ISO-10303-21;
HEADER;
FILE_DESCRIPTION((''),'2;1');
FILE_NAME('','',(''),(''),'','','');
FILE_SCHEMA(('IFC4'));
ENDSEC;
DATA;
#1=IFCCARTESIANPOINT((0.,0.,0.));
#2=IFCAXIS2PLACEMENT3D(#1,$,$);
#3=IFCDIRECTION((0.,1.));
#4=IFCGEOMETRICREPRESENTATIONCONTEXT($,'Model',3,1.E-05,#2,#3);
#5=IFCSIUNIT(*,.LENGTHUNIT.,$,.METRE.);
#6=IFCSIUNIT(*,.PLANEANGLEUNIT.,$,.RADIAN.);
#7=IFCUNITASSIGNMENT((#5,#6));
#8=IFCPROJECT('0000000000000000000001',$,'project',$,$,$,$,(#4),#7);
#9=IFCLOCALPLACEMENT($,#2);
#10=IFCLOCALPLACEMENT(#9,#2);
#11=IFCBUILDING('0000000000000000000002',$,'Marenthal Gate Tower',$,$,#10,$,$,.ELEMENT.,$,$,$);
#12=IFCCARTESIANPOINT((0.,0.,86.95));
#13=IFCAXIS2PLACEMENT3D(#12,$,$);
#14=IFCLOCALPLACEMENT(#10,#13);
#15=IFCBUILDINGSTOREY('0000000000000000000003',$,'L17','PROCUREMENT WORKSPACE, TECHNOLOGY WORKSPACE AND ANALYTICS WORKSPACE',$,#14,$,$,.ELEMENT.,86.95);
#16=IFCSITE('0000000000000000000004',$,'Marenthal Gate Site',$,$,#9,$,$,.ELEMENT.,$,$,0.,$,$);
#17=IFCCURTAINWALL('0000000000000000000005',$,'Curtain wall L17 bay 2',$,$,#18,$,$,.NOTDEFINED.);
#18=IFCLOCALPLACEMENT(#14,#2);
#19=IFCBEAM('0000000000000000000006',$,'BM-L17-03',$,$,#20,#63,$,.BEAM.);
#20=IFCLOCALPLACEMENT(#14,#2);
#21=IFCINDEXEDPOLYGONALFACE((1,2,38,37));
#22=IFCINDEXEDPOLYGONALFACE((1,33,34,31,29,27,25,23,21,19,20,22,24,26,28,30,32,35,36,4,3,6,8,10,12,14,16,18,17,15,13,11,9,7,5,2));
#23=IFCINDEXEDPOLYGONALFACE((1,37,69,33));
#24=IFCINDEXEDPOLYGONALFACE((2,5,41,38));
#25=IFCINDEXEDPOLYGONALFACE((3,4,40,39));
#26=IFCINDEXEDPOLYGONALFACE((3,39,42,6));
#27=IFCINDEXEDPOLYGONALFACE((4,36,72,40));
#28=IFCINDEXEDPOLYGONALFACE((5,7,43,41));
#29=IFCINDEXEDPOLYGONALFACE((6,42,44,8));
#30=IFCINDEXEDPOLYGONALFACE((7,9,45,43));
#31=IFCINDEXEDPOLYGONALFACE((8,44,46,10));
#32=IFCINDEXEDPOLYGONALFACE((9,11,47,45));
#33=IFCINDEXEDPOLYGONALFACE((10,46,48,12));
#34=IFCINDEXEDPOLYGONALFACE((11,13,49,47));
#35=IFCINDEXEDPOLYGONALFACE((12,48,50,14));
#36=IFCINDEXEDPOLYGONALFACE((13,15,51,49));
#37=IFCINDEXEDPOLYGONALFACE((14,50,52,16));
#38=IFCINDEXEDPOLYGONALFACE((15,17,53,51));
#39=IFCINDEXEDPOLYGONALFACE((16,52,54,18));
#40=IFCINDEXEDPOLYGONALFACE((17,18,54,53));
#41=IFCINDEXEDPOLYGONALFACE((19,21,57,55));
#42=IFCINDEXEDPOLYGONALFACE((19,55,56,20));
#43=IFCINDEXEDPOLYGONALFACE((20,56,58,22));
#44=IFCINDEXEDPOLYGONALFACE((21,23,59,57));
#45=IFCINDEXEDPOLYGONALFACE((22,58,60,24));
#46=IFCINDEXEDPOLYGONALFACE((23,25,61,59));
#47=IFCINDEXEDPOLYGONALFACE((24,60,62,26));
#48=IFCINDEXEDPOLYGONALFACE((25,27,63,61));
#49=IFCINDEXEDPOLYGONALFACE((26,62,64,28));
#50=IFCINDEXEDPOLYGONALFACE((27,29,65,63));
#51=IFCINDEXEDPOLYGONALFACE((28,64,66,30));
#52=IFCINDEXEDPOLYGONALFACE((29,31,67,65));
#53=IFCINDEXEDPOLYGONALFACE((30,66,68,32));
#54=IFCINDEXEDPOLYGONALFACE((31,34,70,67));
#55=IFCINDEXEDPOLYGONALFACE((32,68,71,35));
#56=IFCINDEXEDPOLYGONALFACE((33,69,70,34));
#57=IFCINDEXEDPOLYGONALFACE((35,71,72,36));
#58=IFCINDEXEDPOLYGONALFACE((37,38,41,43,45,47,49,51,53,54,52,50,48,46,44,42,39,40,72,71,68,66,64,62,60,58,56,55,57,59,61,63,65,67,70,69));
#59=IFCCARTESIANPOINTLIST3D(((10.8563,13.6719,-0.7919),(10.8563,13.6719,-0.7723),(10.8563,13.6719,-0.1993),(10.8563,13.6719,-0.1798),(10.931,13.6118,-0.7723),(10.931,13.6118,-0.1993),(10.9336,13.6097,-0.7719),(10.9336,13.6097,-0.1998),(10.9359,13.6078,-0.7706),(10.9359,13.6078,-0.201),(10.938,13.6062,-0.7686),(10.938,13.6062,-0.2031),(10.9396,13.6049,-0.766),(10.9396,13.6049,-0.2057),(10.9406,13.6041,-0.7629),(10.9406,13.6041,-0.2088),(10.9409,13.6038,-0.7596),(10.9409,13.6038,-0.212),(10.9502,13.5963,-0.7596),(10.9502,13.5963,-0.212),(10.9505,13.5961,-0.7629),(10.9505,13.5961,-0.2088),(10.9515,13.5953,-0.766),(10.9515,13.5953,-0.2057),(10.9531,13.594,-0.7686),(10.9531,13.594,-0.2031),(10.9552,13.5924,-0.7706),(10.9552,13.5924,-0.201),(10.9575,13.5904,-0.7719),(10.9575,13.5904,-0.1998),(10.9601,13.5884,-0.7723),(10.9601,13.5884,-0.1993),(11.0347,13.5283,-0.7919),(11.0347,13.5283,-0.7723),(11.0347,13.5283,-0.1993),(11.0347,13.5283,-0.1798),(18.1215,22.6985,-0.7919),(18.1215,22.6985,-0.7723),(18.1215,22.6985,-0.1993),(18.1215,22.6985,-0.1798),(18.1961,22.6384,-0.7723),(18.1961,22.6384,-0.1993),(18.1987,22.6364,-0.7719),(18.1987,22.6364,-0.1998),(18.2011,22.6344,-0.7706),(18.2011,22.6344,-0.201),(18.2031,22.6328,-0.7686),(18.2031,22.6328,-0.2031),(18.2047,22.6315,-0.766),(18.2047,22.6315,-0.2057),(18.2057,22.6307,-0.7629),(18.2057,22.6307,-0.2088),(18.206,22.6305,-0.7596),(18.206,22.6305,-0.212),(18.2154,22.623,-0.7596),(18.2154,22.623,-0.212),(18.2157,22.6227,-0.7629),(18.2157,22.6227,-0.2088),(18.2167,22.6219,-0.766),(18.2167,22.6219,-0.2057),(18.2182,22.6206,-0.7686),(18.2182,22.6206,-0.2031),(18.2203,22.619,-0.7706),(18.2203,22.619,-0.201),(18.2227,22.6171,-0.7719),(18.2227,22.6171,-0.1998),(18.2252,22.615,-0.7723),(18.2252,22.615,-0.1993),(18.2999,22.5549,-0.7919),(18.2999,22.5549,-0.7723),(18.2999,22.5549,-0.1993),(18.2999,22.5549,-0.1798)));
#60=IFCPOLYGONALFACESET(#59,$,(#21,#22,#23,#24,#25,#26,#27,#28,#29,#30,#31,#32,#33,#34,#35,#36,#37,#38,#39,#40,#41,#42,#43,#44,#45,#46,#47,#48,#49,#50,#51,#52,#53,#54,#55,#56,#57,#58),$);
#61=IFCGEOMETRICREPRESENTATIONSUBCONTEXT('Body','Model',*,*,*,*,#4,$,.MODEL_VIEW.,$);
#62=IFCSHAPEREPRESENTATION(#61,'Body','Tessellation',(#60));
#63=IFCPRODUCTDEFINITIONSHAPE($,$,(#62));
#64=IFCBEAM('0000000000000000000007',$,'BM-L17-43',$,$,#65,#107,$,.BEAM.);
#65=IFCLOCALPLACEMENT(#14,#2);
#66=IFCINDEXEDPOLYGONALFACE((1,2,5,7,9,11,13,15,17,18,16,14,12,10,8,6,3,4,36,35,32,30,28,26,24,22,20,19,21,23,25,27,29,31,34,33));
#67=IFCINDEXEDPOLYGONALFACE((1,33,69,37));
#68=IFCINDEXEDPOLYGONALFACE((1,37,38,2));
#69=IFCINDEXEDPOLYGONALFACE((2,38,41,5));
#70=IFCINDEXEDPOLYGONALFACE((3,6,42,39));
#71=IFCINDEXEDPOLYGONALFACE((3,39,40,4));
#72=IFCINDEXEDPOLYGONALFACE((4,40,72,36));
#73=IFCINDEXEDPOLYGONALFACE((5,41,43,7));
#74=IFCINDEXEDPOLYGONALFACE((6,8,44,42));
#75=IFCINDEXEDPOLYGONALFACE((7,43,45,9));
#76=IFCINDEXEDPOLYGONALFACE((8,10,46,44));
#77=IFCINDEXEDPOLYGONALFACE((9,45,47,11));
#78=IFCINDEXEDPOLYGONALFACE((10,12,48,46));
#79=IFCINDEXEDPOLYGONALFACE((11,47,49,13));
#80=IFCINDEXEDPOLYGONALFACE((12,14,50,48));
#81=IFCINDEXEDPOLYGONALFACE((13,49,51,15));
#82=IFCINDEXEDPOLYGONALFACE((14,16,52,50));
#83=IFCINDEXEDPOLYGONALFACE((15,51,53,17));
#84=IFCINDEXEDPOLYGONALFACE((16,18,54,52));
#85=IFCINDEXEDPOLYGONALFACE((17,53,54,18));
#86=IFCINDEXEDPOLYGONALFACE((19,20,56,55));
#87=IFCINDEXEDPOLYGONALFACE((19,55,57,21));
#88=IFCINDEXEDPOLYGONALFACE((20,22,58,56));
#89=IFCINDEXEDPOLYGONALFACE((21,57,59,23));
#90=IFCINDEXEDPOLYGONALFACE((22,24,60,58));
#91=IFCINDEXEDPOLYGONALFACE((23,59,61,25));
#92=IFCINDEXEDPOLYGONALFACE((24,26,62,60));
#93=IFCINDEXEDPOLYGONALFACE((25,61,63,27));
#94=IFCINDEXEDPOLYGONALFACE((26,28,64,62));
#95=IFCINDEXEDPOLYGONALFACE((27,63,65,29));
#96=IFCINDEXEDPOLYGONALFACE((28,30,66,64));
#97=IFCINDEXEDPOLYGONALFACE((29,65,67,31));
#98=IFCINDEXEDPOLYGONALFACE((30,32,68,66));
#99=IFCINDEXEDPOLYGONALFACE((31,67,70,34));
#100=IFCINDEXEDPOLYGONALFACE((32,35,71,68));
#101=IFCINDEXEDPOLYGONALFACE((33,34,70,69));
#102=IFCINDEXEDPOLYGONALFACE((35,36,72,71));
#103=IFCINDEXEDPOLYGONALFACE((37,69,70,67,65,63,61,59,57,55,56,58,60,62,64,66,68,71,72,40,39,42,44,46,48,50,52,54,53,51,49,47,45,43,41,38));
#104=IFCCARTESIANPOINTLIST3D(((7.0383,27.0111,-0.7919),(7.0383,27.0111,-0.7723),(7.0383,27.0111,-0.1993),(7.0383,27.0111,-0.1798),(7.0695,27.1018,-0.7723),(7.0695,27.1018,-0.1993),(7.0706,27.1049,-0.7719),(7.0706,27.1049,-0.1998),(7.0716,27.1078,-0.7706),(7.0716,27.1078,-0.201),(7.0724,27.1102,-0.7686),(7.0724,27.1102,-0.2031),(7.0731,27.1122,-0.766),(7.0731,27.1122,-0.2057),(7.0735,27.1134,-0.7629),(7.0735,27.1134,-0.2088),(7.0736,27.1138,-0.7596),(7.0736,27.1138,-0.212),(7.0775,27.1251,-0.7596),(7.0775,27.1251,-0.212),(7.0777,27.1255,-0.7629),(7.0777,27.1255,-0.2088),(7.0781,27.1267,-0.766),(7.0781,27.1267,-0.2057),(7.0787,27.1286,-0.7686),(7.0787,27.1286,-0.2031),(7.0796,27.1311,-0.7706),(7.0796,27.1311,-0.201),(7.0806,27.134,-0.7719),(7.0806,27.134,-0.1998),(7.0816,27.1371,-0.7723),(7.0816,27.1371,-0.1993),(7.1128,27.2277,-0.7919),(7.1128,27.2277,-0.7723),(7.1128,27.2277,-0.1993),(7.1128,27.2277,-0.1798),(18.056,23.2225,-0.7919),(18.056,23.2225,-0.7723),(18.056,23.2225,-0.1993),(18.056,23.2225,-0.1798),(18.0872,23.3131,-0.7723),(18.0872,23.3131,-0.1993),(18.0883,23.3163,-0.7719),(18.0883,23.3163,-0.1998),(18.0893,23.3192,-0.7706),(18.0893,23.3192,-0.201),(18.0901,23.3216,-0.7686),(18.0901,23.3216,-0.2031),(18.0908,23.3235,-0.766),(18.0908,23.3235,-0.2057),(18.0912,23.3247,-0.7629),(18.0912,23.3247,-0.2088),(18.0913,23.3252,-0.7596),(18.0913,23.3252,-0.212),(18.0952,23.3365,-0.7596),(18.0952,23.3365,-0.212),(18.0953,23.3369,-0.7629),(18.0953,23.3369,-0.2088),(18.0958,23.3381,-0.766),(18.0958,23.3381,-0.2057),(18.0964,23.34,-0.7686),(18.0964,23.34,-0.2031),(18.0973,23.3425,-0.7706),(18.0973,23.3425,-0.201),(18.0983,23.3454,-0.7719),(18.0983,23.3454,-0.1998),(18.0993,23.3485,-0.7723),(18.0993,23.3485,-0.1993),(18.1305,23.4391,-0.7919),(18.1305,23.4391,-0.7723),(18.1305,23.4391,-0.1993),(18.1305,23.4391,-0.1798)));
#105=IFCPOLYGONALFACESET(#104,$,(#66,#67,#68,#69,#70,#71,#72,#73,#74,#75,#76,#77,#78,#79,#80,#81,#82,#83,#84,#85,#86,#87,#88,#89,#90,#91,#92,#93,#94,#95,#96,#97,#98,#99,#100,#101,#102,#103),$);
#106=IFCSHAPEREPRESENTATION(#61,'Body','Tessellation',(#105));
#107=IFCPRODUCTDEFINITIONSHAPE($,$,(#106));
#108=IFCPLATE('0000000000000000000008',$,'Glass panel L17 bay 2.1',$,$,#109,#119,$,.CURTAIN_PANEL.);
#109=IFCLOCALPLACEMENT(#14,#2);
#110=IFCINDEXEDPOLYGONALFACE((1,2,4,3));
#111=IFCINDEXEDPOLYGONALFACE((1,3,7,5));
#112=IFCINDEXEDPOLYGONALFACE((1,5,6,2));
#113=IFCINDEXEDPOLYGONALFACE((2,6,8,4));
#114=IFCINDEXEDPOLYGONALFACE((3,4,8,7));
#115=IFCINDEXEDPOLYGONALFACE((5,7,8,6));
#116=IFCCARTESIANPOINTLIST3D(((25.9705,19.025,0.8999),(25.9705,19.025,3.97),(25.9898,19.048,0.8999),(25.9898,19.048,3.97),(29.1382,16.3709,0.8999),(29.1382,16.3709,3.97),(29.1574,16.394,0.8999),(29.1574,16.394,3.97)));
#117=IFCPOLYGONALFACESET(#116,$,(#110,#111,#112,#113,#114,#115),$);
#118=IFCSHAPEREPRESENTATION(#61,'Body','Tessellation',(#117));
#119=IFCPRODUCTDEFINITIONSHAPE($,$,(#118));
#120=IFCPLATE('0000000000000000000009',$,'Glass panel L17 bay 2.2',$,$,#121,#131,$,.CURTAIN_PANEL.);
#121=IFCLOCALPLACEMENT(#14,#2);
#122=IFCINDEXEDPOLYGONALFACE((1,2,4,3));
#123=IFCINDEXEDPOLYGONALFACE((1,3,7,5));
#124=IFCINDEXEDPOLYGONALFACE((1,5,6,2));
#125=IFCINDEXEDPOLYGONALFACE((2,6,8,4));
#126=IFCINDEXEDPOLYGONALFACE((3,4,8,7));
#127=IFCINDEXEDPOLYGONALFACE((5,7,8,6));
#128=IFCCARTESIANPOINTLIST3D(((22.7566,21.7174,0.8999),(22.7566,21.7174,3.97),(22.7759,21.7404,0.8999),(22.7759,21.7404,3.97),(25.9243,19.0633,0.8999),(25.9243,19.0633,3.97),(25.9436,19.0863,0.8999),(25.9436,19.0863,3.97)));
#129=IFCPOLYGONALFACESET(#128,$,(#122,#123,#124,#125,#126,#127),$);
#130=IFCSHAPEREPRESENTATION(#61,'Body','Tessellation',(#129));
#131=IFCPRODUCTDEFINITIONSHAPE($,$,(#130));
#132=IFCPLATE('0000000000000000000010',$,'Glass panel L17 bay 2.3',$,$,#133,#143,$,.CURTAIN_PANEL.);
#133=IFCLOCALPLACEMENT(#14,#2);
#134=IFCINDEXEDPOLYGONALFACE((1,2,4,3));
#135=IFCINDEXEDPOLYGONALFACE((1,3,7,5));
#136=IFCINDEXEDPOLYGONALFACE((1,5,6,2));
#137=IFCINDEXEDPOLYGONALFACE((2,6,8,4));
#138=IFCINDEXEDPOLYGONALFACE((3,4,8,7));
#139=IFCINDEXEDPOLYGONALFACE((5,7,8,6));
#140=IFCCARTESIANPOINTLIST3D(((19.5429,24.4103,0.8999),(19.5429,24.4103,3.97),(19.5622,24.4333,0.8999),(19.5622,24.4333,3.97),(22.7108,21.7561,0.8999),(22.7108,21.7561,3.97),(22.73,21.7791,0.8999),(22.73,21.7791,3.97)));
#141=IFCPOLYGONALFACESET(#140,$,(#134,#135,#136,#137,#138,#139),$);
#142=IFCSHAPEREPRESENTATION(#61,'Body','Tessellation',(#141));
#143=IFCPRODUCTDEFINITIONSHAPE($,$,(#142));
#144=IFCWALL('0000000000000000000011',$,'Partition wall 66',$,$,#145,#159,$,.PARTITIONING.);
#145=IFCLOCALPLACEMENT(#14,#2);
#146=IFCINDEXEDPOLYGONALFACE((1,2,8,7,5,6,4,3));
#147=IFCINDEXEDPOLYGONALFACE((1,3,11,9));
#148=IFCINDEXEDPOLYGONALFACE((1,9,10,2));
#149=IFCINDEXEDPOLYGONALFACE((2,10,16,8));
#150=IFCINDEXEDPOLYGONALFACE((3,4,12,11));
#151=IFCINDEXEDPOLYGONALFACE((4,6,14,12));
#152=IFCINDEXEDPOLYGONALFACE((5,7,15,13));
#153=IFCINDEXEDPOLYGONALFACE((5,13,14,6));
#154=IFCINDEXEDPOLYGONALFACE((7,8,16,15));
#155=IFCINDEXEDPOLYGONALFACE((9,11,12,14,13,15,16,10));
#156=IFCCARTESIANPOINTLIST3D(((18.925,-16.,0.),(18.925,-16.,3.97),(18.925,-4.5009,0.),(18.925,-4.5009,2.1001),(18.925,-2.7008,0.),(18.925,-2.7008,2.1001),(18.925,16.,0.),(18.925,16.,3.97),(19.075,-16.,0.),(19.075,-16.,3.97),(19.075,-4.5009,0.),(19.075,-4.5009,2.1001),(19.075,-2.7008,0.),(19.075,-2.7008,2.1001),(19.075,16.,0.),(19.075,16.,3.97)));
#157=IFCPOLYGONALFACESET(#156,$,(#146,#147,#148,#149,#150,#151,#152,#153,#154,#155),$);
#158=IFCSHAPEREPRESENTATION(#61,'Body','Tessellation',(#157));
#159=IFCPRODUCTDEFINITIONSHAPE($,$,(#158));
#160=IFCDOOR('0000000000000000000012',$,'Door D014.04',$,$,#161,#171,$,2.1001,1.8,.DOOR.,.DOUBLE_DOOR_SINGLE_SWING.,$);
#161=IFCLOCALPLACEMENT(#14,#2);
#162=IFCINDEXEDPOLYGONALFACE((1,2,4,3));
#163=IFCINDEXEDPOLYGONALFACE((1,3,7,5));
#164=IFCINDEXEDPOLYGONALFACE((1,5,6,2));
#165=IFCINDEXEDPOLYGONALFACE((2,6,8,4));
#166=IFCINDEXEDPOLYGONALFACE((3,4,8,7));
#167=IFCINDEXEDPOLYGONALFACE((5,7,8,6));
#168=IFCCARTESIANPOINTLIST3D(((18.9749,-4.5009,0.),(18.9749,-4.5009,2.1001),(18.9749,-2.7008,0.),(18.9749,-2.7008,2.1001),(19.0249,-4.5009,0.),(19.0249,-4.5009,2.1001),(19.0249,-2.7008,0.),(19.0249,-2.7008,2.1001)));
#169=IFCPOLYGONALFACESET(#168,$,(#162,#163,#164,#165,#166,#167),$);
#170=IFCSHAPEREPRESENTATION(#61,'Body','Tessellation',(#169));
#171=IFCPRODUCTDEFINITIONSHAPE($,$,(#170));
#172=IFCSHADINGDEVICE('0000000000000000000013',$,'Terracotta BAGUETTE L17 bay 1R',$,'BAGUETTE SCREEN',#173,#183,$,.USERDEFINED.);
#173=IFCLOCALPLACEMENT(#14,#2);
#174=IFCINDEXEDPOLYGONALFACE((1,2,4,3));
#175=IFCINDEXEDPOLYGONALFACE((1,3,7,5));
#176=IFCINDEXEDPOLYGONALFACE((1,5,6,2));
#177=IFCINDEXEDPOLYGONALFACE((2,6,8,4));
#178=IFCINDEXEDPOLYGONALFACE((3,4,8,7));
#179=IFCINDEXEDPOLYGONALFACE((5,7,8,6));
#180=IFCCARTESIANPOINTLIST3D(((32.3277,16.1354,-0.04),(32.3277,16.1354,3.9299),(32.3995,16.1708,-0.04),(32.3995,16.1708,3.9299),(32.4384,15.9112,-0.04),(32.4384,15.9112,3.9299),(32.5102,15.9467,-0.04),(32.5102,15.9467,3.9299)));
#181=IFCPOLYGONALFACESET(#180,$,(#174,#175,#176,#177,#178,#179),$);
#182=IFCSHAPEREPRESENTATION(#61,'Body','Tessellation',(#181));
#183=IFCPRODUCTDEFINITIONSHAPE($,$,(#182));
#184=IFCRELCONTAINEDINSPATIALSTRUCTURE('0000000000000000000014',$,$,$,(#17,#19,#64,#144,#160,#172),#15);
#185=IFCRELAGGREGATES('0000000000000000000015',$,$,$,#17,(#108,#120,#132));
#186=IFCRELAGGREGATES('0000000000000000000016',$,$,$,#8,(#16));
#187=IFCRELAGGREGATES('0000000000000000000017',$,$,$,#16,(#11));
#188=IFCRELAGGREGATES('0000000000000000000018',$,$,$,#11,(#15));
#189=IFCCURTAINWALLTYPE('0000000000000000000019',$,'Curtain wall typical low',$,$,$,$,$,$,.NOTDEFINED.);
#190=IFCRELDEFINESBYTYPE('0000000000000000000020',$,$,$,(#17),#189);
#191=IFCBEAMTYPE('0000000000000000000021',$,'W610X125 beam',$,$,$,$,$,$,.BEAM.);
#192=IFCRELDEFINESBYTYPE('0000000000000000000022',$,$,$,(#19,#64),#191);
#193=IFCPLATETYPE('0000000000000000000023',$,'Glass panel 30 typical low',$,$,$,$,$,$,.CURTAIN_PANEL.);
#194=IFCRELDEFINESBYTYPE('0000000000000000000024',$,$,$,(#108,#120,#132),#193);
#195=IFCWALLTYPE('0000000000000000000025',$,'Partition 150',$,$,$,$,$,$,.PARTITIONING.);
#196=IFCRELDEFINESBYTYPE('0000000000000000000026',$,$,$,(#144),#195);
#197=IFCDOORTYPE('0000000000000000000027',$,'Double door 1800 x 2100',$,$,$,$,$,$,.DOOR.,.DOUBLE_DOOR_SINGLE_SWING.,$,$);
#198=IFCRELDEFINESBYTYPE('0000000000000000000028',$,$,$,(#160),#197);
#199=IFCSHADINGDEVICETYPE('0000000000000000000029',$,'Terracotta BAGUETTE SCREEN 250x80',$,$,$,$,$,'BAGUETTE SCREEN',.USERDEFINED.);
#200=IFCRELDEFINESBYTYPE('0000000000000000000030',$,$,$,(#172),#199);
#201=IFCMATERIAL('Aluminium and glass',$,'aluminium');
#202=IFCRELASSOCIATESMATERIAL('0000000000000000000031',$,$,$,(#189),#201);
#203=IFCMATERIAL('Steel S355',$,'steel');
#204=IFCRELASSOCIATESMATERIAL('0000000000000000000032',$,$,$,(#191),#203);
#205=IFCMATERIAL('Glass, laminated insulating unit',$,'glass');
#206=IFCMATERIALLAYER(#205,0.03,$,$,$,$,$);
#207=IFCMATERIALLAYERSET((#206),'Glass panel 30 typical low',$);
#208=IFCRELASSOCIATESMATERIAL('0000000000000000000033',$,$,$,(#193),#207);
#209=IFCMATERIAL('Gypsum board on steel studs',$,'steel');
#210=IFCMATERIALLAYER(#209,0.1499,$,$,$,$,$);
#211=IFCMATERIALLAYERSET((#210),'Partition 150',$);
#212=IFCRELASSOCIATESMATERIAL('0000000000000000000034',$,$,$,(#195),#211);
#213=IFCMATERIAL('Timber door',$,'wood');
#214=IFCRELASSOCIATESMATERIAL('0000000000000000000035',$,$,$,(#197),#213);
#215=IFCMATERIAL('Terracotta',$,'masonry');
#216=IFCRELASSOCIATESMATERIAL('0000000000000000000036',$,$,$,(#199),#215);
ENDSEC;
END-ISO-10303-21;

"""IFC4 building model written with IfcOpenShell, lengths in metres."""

from ifc_helpers import new_model, si_unit, direction, frame, frame_2d, origin, origin_2d, place, context, subcontext, project, spatial, rectangle, i_section, extrude, material, layer, layer_set, material_profile, profile_set, type_object, element, fill, aggregate, save


model = new_model("IFC4")

# Units and contexts
model_context = context("Model", 3, precision=1e-05, world=origin(), true_north=direction((0.0, 1.0)))
body_context = subcontext(model_context, "Body", "Model", "MODEL_VIEW")
ifc_project = project(units=[si_unit("LENGTHUNIT", "METRE"), si_unit("PLANEANGLEUNIT", "RADIAN")], contexts=[model_context])

# Site, building, storey
site_placement = place(None, origin())
site = spatial("IfcSite", under=ifc_project, at=site_placement, Name="Marenthal Gate Site", CompositionType="ELEMENT", RefElevation=0.0)
building_placement = place(site_placement, origin())
building = spatial("IfcBuilding", under=site, at=building_placement, Name="Marenthal Gate Tower", CompositionType="ELEMENT")
storey_placement = place(building_placement, frame((0.0, 0.0, 86.95)))
storey = spatial("IfcBuildingStorey", under=building, at=storey_placement, Name="L17", Description="PROCUREMENT WORKSPACE, TECHNOLOGY WORKSPACE AND ANALYTICS WORKSPACE", CompositionType="ELEMENT", Elevation=86.95)

# Curtain wall
ifc_material_1 = material(Name="Aluminium and glass", Category="aluminium")
curtain_wall_type = type_object("IfcCurtainWallType", Name="Curtain wall typical low", PredefinedType="NOTDEFINED", material=ifc_material_1)
curtain_wall_placement = place(storey_placement, origin())
curtain_wall = element("IfcCurtainWall", 1, at=curtain_wall_placement, inside=storey, type_object=curtain_wall_type, Name="Curtain wall L17 bay 2", PredefinedType="NOTDEFINED")

# Beams
ifc_material_2 = material(Name="Steel S355", Category="steel")
ifc_material_profile_1 = material_profile(ifc_material_2, i_section(OverallWidth=0.229, OverallDepth=0.6121, WebThickness=0.012, FlangeThickness=0.0195, FilletRadius=0.0127, at=origin_2d()), Name="W610X125")
ifc_profile_set_1 = profile_set([ifc_material_profile_1], Name="Steel S355")
beam_type_1 = type_object("IfcBeamType", Name="W610X125 beam", PredefinedType="BEAM", material=ifc_profile_set_1)
beam_1_placement = place(storey_placement, frame((18.2107, 22.6267, -0.4858), z_axis=(-0.627, -0.779019, 0.0), x_axis=(0.779019, -0.627, 0.0)))
element("IfcBeam", 2, at=beam_1_placement, inside=storey, type_object=beam_type_1, Name="BM-L17-03", PredefinedType="BEAM", context=body_context, shape_type="SweptSolid", body=[
    extrude(i_section(OverallWidth=0.229, OverallDepth=0.6121, WebThickness=0.012, FlangeThickness=0.0195, FilletRadius=0.0127, at=origin_2d()), origin(), (0.0, 0.0, 1.0), 11.5872),
])
beam_2_placement = place(storey_placement, frame((18.0933, 23.3308, -0.4858), z_axis=(-0.945653, 0.325178, 0.0), x_axis=(-0.325178, -0.945653, 0.0)))
element("IfcBeam", 3, at=beam_2_placement, inside=storey, type_object=beam_type_1, Name="BM-L17-43", PredefinedType="BEAM", context=body_context, shape_type="SweptSolid", body=[
    extrude(i_section(OverallWidth=0.229, OverallDepth=0.6121, WebThickness=0.012, FlangeThickness=0.0195, FilletRadius=0.0127, at=origin_2d()), origin(), (0.0, 0.0, 1.0), 11.6509),
])

# Plates
ifc_material_3 = material(Name="Glass, laminated insulating unit", Category="glass")
ifc_layer_1 = layer(ifc_material_3, 0.03)
ifc_layer_set_1 = layer_set([ifc_layer_1], Name="Glass panel 30 typical low")
plate_type = type_object("IfcPlateType", Name="Glass panel 30 typical low", PredefinedType="CURTAIN_PANEL", material=ifc_layer_set_1)
plate_1_placement = place(storey_placement, frame((27.564, 17.7095, 0.8999), z_axis=(0.0, 0.0, 1.0), x_axis=(-0.766513, 0.642228, 0.0)))
plate_1 = element("IfcPlate", 4, at=plate_1_placement, type_object=plate_type, Name="Glass panel L17 bay 2.1", PredefinedType="CURTAIN_PANEL", context=body_context, shape_type="SweptSolid", body=[
    extrude(rectangle(XDim=4.1326, YDim=0.03, at=origin_2d()), origin(), (0.0, 0.0, 1.0), 3.0701),
])
plate_2_placement = place(storey_placement, frame((24.3501, 20.4019, 0.8999), z_axis=(0.0, 0.0, 1.0), x_axis=(-0.766513, 0.642228, 0.0)))
plate_2 = element("IfcPlate", 5, at=plate_2_placement, type_object=plate_type, Name="Glass panel L17 bay 2.2", PredefinedType="CURTAIN_PANEL", context=body_context, shape_type="SweptSolid", body=[
    extrude(rectangle(XDim=4.1326, YDim=0.03, at=origin_2d()), origin(), (0.0, 0.0, 1.0), 3.0701),
])
plate_3_placement = place(storey_placement, frame((21.1365, 23.0947, 0.8999), z_axis=(0.0, 0.0, 1.0), x_axis=(-0.766513, 0.642228, 0.0)))
plate_3 = element("IfcPlate", 6, at=plate_3_placement, type_object=plate_type, Name="Glass panel L17 bay 2.3", PredefinedType="CURTAIN_PANEL", context=body_context, shape_type="SweptSolid", body=[
    extrude(rectangle(XDim=4.1328, YDim=0.03, at=origin_2d()), origin(), (0.0, 0.0, 1.0), 3.0701),
])
aggregate(curtain_wall, [plate_1, plate_2, plate_3])

# Wall, opening, door
ifc_material_4 = material(Name="Gypsum board on steel studs", Category="steel")
ifc_layer_2 = layer(ifc_material_4, 0.1499)
ifc_layer_set_2 = layer_set([ifc_layer_2], Name="Partition 150")
wall_type_1 = type_object("IfcWallType", Name="Partition 150", PredefinedType="PARTITIONING", material=ifc_layer_set_2)
wall_1_placement = place(storey_placement, frame((19.0, 16.0, 0.0), z_axis=(0.0, 0.0, 1.0), x_axis=(0.0, -1.0, 0.0)))
wall_1 = element("IfcWall", 7, at=wall_1_placement, inside=storey, type_object=wall_type_1, Name="Partition wall 66", PredefinedType="PARTITIONING", context=body_context, shape_type="SweptSolid", body=[
    extrude(rectangle(XDim=32.0, YDim=0.1499, at=frame_2d((16.0, 0.0))), origin(), (0.0, 0.0, 1.0), 3.97),
])
opening_1_placement = place(wall_1_placement, frame((18.7009, 0.0, 0.0)))
opening_1 = element("IfcOpeningElement", 8, at=opening_1_placement, cuts=wall_1, PredefinedType="OPENING", context=body_context, shape_type="SweptSolid", body=[
    extrude(rectangle(XDim=1.8, YDim=2.1001, at=frame_2d((0.8999, 1.05))), frame((0.0, 0.085, 0.0), z_axis=(0.0, -1.0, 0.0), x_axis=(1.0, 0.0, 0.0)), (0.0, 0.0, 1.0), 0.1699),
])
ifc_material_5 = material(Name="Timber door", Category="wood")
door_type_1 = type_object("IfcDoorType", Name="Double door 1800 x 2100", OperationType="DOUBLE_DOOR_SINGLE_SWING", PredefinedType="DOOR", material=ifc_material_5)
door_1_placement = place(opening_1_placement, origin())
door_1 = element("IfcDoor", 9, at=door_1_placement, inside=storey, type_object=door_type_1, Name="Door D014.04", OperationType="DOUBLE_DOOR_SINGLE_SWING", OverallHeight=2.1001, OverallWidth=1.8, PredefinedType="DOOR", context=body_context, shape_type="SweptSolid", body=[
    extrude(rectangle(XDim=1.8, YDim=2.1001, at=frame_2d((0.8999, 1.05))), frame((0.0, 0.0249, 0.0), z_axis=(0.0, -1.0, 0.0), x_axis=(1.0, 0.0, 0.0)), (0.0, 0.0, 1.0), 0.05),
])
fill(opening_1, door_1)

# Shading device
ifc_material_6 = material(Name="Terracotta", Category="masonry")
ifc_material_profile_2 = material_profile(ifc_material_6, rectangle(XDim=0.25, YDim=0.0801, at=origin_2d()), Name="Terracotta baguette 250x80")
ifc_profile_set_2 = profile_set([ifc_material_profile_2], Name="Terracotta")
shading_device_type = type_object("IfcShadingDeviceType", Name="Terracotta BAGUETTE SCREEN 250x80", ElementType="BAGUETTE SCREEN", PredefinedType="USERDEFINED", material=ifc_profile_set_2)
shading_device_placement = place(storey_placement, frame((32.4189, 16.041, -0.04), z_axis=(0.0, 0.0, 1.0), x_axis=(-0.44286, 0.896591, 0.0)))
element("IfcShadingDevice", 10, at=shading_device_placement, inside=storey, type_object=shading_device_type, Name="Terracotta BAGUETTE L17 bay 1R", ObjectType="BAGUETTE SCREEN", PredefinedType="USERDEFINED", context=body_context, shape_type="SweptSolid", body=[
    extrude(rectangle(XDim=0.25, YDim=0.0801, at=origin_2d()), origin(), (0.0, 0.0, 1.0), 3.97),
])

save(model, "model.ifc")
